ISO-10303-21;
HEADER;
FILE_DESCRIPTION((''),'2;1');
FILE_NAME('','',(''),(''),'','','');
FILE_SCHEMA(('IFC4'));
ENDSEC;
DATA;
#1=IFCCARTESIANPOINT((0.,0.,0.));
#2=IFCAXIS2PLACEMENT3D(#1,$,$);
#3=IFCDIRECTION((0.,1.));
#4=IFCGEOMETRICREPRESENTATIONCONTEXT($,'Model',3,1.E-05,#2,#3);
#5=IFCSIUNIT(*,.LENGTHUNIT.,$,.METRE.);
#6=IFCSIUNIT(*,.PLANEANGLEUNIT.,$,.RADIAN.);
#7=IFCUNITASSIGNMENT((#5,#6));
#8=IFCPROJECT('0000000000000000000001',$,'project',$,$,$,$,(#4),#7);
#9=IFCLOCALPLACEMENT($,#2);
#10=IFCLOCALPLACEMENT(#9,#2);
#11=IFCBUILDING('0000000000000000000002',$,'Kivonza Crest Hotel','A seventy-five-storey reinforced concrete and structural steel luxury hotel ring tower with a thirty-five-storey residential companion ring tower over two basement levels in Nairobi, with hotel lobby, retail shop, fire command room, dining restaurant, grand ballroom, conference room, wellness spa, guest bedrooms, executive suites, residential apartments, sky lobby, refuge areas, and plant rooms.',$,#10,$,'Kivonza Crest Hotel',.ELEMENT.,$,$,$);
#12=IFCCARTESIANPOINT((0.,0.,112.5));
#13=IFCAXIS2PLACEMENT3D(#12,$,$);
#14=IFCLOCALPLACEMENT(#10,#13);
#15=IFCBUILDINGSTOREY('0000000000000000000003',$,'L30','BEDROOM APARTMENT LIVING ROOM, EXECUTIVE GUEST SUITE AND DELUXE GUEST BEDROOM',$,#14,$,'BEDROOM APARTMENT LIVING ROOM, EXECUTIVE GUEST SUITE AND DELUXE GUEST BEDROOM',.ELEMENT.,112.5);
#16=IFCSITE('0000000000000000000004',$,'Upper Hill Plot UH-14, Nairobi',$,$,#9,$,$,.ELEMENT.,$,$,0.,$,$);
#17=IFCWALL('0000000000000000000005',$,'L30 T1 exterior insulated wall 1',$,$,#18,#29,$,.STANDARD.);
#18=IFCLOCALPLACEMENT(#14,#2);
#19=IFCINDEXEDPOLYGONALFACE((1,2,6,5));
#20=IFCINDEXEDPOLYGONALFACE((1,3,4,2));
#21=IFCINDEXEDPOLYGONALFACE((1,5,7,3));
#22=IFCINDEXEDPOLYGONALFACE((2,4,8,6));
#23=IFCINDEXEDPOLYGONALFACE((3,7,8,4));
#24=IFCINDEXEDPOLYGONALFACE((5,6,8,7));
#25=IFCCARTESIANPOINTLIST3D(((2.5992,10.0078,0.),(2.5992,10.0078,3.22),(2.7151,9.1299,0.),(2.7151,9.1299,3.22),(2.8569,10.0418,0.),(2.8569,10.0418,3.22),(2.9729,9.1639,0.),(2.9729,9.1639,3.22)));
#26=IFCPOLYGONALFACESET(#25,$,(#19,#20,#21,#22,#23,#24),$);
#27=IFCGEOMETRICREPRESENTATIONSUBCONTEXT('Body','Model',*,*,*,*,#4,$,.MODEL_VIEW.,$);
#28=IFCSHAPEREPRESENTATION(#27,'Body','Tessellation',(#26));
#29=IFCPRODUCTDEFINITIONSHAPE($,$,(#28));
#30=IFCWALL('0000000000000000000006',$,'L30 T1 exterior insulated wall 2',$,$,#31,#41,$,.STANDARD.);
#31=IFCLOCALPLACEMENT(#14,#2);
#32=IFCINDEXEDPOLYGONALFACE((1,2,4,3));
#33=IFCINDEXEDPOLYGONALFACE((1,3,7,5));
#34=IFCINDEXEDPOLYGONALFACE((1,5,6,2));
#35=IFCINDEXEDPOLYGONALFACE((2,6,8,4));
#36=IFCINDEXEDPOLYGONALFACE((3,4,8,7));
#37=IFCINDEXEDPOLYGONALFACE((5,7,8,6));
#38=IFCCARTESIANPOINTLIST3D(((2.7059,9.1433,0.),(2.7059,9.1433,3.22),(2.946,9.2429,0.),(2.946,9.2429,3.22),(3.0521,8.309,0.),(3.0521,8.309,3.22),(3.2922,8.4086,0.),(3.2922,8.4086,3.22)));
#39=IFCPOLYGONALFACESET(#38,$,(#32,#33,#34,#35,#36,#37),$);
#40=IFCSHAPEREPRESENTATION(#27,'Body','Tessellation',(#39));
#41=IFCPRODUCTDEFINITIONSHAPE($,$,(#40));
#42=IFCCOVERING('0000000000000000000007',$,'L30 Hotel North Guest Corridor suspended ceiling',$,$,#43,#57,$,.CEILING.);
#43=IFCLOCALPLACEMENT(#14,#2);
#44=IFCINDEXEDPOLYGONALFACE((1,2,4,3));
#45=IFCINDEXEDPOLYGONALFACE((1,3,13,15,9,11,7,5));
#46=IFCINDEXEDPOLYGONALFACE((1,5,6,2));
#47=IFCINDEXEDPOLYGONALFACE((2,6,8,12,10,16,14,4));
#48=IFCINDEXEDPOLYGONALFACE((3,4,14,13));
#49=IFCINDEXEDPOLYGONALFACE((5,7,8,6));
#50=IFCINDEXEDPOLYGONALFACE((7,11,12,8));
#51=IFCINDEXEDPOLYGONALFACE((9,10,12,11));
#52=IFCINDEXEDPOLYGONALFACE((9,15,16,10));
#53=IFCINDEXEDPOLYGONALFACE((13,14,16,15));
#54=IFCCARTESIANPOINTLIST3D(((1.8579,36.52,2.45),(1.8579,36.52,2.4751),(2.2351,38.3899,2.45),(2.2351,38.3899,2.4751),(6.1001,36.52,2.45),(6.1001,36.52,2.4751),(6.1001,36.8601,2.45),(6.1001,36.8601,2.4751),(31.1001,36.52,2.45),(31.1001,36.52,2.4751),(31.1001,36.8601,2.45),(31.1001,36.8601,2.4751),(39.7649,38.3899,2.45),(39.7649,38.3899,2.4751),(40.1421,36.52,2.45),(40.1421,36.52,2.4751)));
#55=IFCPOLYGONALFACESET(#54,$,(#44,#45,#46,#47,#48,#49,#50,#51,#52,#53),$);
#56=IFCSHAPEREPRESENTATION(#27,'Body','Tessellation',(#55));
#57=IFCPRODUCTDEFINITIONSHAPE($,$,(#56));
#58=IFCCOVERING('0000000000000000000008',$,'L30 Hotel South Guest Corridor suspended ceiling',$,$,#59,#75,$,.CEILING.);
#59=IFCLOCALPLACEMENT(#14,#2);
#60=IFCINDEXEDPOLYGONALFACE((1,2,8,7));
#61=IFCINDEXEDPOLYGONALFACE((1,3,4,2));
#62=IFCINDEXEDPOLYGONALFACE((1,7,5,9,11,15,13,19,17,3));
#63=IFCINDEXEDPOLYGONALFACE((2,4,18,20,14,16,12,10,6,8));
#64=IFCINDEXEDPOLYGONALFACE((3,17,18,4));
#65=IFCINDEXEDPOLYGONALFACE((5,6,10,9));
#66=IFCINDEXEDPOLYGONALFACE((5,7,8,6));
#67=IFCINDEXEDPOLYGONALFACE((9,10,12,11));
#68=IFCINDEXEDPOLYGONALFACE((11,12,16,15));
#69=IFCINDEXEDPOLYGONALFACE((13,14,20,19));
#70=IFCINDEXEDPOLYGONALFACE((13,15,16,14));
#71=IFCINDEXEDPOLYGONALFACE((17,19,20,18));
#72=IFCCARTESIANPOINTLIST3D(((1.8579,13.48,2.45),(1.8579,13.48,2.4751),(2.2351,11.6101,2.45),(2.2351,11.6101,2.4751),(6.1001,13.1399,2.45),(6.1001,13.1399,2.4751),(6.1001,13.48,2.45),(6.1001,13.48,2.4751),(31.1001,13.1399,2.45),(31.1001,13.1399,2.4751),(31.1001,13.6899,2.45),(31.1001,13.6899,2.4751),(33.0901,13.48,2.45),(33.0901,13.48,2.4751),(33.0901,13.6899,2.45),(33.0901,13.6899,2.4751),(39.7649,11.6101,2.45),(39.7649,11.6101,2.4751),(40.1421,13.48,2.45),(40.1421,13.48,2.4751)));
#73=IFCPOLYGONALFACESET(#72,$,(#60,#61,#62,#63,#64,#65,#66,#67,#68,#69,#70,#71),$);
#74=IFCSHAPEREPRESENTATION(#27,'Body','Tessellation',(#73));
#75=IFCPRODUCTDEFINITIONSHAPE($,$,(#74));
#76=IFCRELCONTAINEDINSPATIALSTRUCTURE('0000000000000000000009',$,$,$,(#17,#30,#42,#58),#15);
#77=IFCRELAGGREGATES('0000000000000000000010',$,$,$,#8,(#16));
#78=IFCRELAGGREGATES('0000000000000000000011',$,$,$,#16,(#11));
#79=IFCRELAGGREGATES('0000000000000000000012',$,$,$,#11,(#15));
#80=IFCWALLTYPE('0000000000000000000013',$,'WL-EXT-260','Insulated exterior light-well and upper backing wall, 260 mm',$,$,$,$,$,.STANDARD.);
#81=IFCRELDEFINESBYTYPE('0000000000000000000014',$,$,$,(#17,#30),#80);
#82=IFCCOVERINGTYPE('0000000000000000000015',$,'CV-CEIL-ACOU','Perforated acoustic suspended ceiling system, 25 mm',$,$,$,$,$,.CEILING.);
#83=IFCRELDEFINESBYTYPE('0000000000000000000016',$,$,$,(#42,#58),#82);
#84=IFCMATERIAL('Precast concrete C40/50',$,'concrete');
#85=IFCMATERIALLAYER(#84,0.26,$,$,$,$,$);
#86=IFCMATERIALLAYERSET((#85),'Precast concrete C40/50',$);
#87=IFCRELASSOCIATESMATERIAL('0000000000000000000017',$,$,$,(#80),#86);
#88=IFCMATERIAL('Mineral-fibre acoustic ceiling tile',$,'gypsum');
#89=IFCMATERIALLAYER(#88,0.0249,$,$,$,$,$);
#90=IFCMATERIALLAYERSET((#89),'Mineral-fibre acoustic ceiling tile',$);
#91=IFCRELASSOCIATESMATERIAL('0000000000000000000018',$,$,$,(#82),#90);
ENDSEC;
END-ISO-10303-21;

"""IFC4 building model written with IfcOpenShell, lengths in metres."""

from ifc_helpers import new_model, si_unit, direction, frame, frame_2d, origin, place, context, subcontext, project, spatial, polyline, rectangle, outline, extrude, material, layer, layer_set, type_object, element, save


model = new_model("IFC4")

# Units and contexts
model_context = context("Model", 3, precision=1e-05, world=origin(), true_north=direction((0.0, 1.0)))
body_context = subcontext(model_context, "Body", "Model", "MODEL_VIEW")
ifc_project = project(units=[si_unit("LENGTHUNIT", "METRE"), si_unit("PLANEANGLEUNIT", "RADIAN")], contexts=[model_context])

# Site, building, storey
site_placement = place(None, origin())
site = spatial("IfcSite", under=ifc_project, at=site_placement, Name="Upper Hill Plot UH-14, Nairobi", CompositionType="ELEMENT", RefElevation=0.0)
building_placement = place(site_placement, origin())
building = spatial("IfcBuilding", under=site, at=building_placement, Name="Kivonza Crest Hotel", Description="A seventy-five-storey reinforced concrete and structural steel luxury hotel ring tower with a thirty-five-storey residential companion ring tower over two basement levels in Nairobi, with hotel lobby, retail shop, fire command room, dining restaurant, grand ballroom, conference room, wellness spa, guest bedrooms, executive suites, residential apartments, sky lobby, refuge areas, and plant rooms.", LongName="Kivonza Crest Hotel", CompositionType="ELEMENT")
storey_placement = place(building_placement, frame((0.0, 0.0, 112.5)))
storey = spatial("IfcBuildingStorey", under=building, at=storey_placement, Name="L30", Description="BEDROOM APARTMENT LIVING ROOM, EXECUTIVE GUEST SUITE AND DELUXE GUEST BEDROOM", LongName="BEDROOM APARTMENT LIVING ROOM, EXECUTIVE GUEST SUITE AND DELUXE GUEST BEDROOM", CompositionType="ELEMENT", Elevation=112.5)

# Walls
ifc_material_1 = material(Name="Precast concrete C40/50", Category="concrete")
ifc_layer_1 = layer(ifc_material_1, 0.26)
ifc_layer_set_1 = layer_set([ifc_layer_1], Name="Precast concrete C40/50")
wall_type_1 = type_object("IfcWallType", Name="WL-EXT-260", Description="Insulated exterior light-well and upper backing wall, 260 mm", PredefinedType="STANDARD", material=ifc_layer_set_1)
wall_1_placement = place(storey_placement, frame((2.728, 10.0249, 0.0), z_axis=(0.0, 0.0, 1.0), x_axis=(0.130954, -0.991388, 0.0)))
element("IfcWall", 1, at=wall_1_placement, inside=storey, type_object=wall_type_1, Name="L30 T1 exterior insulated wall 1", PredefinedType="STANDARD", context=body_context, shape_type="SweptSolid", body=[
    extrude(rectangle(XDim=0.8855, YDim=0.26, at=frame_2d((0.4429, 0.0))), origin(), (0.0, 0.0, 1.0), 3.22),
])
wall_2_placement = place(storey_placement, frame((2.8259, 9.1931, 0.0), z_axis=(0.0, 0.0, 1.0), x_axis=(0.383291, -0.923628, 0.0)))
element("IfcWall", 2, at=wall_2_placement, inside=storey, type_object=wall_type_1, Name="L30 T1 exterior insulated wall 2", PredefinedType="STANDARD", context=body_context, shape_type="SweptSolid", body=[
    extrude(rectangle(XDim=0.9033, YDim=0.26, at=frame_2d((0.4517, 0.0))), origin(), (0.0, 0.0, 1.0), 3.22),
])

# Coverings
ifc_material_2 = material(Name="Mineral-fibre acoustic ceiling tile", Category="gypsum")
ifc_layer_2 = layer(ifc_material_2, 0.0249)
ifc_layer_set_2 = layer_set([ifc_layer_2], Name="Mineral-fibre acoustic ceiling tile")
covering_type = type_object("IfcCoveringType", Name="CV-CEIL-ACOU", Description="Perforated acoustic suspended ceiling system, 25 mm", PredefinedType="CEILING", material=ifc_layer_set_2)
covering_1_placement = place(storey_placement, frame((0.0, 0.0, 2.45)))
element("IfcCovering", 3, at=covering_1_placement, inside=storey, type_object=covering_type, Name="L30 Hotel North Guest Corridor suspended ceiling", PredefinedType="CEILING", context=body_context, shape_type="SweptSolid", body=[
    extrude(outline(polyline([(2.2351, 38.3899), (1.8579, 36.52), (6.1001, 36.52), (6.1001, 36.8601), (31.1001, 36.8601), (31.1001, 36.52), (40.1421, 36.52), (39.7649, 38.3899), (2.2351, 38.3899)])), origin(), (0.0, 0.0, 1.0), 0.0251),
])
covering_2_placement = place(storey_placement, frame((0.0, 0.0, 2.45)))
element("IfcCovering", 4, at=covering_2_placement, inside=storey, type_object=covering_type, Name="L30 Hotel South Guest Corridor suspended ceiling", PredefinedType="CEILING", context=body_context, shape_type="SweptSolid", body=[
    extrude(outline(polyline([(33.0901, 13.48), (33.0901, 13.6899), (31.1001, 13.6899), (31.1001, 13.1399), (6.1001, 13.1399), (6.1001, 13.48), (1.8579, 13.48), (2.2351, 11.6101), (39.7649, 11.6101), (40.1421, 13.48), (33.0901, 13.48)])), origin(), (0.0, 0.0, 1.0), 0.0251),
])

save(model, "model.ifc")
